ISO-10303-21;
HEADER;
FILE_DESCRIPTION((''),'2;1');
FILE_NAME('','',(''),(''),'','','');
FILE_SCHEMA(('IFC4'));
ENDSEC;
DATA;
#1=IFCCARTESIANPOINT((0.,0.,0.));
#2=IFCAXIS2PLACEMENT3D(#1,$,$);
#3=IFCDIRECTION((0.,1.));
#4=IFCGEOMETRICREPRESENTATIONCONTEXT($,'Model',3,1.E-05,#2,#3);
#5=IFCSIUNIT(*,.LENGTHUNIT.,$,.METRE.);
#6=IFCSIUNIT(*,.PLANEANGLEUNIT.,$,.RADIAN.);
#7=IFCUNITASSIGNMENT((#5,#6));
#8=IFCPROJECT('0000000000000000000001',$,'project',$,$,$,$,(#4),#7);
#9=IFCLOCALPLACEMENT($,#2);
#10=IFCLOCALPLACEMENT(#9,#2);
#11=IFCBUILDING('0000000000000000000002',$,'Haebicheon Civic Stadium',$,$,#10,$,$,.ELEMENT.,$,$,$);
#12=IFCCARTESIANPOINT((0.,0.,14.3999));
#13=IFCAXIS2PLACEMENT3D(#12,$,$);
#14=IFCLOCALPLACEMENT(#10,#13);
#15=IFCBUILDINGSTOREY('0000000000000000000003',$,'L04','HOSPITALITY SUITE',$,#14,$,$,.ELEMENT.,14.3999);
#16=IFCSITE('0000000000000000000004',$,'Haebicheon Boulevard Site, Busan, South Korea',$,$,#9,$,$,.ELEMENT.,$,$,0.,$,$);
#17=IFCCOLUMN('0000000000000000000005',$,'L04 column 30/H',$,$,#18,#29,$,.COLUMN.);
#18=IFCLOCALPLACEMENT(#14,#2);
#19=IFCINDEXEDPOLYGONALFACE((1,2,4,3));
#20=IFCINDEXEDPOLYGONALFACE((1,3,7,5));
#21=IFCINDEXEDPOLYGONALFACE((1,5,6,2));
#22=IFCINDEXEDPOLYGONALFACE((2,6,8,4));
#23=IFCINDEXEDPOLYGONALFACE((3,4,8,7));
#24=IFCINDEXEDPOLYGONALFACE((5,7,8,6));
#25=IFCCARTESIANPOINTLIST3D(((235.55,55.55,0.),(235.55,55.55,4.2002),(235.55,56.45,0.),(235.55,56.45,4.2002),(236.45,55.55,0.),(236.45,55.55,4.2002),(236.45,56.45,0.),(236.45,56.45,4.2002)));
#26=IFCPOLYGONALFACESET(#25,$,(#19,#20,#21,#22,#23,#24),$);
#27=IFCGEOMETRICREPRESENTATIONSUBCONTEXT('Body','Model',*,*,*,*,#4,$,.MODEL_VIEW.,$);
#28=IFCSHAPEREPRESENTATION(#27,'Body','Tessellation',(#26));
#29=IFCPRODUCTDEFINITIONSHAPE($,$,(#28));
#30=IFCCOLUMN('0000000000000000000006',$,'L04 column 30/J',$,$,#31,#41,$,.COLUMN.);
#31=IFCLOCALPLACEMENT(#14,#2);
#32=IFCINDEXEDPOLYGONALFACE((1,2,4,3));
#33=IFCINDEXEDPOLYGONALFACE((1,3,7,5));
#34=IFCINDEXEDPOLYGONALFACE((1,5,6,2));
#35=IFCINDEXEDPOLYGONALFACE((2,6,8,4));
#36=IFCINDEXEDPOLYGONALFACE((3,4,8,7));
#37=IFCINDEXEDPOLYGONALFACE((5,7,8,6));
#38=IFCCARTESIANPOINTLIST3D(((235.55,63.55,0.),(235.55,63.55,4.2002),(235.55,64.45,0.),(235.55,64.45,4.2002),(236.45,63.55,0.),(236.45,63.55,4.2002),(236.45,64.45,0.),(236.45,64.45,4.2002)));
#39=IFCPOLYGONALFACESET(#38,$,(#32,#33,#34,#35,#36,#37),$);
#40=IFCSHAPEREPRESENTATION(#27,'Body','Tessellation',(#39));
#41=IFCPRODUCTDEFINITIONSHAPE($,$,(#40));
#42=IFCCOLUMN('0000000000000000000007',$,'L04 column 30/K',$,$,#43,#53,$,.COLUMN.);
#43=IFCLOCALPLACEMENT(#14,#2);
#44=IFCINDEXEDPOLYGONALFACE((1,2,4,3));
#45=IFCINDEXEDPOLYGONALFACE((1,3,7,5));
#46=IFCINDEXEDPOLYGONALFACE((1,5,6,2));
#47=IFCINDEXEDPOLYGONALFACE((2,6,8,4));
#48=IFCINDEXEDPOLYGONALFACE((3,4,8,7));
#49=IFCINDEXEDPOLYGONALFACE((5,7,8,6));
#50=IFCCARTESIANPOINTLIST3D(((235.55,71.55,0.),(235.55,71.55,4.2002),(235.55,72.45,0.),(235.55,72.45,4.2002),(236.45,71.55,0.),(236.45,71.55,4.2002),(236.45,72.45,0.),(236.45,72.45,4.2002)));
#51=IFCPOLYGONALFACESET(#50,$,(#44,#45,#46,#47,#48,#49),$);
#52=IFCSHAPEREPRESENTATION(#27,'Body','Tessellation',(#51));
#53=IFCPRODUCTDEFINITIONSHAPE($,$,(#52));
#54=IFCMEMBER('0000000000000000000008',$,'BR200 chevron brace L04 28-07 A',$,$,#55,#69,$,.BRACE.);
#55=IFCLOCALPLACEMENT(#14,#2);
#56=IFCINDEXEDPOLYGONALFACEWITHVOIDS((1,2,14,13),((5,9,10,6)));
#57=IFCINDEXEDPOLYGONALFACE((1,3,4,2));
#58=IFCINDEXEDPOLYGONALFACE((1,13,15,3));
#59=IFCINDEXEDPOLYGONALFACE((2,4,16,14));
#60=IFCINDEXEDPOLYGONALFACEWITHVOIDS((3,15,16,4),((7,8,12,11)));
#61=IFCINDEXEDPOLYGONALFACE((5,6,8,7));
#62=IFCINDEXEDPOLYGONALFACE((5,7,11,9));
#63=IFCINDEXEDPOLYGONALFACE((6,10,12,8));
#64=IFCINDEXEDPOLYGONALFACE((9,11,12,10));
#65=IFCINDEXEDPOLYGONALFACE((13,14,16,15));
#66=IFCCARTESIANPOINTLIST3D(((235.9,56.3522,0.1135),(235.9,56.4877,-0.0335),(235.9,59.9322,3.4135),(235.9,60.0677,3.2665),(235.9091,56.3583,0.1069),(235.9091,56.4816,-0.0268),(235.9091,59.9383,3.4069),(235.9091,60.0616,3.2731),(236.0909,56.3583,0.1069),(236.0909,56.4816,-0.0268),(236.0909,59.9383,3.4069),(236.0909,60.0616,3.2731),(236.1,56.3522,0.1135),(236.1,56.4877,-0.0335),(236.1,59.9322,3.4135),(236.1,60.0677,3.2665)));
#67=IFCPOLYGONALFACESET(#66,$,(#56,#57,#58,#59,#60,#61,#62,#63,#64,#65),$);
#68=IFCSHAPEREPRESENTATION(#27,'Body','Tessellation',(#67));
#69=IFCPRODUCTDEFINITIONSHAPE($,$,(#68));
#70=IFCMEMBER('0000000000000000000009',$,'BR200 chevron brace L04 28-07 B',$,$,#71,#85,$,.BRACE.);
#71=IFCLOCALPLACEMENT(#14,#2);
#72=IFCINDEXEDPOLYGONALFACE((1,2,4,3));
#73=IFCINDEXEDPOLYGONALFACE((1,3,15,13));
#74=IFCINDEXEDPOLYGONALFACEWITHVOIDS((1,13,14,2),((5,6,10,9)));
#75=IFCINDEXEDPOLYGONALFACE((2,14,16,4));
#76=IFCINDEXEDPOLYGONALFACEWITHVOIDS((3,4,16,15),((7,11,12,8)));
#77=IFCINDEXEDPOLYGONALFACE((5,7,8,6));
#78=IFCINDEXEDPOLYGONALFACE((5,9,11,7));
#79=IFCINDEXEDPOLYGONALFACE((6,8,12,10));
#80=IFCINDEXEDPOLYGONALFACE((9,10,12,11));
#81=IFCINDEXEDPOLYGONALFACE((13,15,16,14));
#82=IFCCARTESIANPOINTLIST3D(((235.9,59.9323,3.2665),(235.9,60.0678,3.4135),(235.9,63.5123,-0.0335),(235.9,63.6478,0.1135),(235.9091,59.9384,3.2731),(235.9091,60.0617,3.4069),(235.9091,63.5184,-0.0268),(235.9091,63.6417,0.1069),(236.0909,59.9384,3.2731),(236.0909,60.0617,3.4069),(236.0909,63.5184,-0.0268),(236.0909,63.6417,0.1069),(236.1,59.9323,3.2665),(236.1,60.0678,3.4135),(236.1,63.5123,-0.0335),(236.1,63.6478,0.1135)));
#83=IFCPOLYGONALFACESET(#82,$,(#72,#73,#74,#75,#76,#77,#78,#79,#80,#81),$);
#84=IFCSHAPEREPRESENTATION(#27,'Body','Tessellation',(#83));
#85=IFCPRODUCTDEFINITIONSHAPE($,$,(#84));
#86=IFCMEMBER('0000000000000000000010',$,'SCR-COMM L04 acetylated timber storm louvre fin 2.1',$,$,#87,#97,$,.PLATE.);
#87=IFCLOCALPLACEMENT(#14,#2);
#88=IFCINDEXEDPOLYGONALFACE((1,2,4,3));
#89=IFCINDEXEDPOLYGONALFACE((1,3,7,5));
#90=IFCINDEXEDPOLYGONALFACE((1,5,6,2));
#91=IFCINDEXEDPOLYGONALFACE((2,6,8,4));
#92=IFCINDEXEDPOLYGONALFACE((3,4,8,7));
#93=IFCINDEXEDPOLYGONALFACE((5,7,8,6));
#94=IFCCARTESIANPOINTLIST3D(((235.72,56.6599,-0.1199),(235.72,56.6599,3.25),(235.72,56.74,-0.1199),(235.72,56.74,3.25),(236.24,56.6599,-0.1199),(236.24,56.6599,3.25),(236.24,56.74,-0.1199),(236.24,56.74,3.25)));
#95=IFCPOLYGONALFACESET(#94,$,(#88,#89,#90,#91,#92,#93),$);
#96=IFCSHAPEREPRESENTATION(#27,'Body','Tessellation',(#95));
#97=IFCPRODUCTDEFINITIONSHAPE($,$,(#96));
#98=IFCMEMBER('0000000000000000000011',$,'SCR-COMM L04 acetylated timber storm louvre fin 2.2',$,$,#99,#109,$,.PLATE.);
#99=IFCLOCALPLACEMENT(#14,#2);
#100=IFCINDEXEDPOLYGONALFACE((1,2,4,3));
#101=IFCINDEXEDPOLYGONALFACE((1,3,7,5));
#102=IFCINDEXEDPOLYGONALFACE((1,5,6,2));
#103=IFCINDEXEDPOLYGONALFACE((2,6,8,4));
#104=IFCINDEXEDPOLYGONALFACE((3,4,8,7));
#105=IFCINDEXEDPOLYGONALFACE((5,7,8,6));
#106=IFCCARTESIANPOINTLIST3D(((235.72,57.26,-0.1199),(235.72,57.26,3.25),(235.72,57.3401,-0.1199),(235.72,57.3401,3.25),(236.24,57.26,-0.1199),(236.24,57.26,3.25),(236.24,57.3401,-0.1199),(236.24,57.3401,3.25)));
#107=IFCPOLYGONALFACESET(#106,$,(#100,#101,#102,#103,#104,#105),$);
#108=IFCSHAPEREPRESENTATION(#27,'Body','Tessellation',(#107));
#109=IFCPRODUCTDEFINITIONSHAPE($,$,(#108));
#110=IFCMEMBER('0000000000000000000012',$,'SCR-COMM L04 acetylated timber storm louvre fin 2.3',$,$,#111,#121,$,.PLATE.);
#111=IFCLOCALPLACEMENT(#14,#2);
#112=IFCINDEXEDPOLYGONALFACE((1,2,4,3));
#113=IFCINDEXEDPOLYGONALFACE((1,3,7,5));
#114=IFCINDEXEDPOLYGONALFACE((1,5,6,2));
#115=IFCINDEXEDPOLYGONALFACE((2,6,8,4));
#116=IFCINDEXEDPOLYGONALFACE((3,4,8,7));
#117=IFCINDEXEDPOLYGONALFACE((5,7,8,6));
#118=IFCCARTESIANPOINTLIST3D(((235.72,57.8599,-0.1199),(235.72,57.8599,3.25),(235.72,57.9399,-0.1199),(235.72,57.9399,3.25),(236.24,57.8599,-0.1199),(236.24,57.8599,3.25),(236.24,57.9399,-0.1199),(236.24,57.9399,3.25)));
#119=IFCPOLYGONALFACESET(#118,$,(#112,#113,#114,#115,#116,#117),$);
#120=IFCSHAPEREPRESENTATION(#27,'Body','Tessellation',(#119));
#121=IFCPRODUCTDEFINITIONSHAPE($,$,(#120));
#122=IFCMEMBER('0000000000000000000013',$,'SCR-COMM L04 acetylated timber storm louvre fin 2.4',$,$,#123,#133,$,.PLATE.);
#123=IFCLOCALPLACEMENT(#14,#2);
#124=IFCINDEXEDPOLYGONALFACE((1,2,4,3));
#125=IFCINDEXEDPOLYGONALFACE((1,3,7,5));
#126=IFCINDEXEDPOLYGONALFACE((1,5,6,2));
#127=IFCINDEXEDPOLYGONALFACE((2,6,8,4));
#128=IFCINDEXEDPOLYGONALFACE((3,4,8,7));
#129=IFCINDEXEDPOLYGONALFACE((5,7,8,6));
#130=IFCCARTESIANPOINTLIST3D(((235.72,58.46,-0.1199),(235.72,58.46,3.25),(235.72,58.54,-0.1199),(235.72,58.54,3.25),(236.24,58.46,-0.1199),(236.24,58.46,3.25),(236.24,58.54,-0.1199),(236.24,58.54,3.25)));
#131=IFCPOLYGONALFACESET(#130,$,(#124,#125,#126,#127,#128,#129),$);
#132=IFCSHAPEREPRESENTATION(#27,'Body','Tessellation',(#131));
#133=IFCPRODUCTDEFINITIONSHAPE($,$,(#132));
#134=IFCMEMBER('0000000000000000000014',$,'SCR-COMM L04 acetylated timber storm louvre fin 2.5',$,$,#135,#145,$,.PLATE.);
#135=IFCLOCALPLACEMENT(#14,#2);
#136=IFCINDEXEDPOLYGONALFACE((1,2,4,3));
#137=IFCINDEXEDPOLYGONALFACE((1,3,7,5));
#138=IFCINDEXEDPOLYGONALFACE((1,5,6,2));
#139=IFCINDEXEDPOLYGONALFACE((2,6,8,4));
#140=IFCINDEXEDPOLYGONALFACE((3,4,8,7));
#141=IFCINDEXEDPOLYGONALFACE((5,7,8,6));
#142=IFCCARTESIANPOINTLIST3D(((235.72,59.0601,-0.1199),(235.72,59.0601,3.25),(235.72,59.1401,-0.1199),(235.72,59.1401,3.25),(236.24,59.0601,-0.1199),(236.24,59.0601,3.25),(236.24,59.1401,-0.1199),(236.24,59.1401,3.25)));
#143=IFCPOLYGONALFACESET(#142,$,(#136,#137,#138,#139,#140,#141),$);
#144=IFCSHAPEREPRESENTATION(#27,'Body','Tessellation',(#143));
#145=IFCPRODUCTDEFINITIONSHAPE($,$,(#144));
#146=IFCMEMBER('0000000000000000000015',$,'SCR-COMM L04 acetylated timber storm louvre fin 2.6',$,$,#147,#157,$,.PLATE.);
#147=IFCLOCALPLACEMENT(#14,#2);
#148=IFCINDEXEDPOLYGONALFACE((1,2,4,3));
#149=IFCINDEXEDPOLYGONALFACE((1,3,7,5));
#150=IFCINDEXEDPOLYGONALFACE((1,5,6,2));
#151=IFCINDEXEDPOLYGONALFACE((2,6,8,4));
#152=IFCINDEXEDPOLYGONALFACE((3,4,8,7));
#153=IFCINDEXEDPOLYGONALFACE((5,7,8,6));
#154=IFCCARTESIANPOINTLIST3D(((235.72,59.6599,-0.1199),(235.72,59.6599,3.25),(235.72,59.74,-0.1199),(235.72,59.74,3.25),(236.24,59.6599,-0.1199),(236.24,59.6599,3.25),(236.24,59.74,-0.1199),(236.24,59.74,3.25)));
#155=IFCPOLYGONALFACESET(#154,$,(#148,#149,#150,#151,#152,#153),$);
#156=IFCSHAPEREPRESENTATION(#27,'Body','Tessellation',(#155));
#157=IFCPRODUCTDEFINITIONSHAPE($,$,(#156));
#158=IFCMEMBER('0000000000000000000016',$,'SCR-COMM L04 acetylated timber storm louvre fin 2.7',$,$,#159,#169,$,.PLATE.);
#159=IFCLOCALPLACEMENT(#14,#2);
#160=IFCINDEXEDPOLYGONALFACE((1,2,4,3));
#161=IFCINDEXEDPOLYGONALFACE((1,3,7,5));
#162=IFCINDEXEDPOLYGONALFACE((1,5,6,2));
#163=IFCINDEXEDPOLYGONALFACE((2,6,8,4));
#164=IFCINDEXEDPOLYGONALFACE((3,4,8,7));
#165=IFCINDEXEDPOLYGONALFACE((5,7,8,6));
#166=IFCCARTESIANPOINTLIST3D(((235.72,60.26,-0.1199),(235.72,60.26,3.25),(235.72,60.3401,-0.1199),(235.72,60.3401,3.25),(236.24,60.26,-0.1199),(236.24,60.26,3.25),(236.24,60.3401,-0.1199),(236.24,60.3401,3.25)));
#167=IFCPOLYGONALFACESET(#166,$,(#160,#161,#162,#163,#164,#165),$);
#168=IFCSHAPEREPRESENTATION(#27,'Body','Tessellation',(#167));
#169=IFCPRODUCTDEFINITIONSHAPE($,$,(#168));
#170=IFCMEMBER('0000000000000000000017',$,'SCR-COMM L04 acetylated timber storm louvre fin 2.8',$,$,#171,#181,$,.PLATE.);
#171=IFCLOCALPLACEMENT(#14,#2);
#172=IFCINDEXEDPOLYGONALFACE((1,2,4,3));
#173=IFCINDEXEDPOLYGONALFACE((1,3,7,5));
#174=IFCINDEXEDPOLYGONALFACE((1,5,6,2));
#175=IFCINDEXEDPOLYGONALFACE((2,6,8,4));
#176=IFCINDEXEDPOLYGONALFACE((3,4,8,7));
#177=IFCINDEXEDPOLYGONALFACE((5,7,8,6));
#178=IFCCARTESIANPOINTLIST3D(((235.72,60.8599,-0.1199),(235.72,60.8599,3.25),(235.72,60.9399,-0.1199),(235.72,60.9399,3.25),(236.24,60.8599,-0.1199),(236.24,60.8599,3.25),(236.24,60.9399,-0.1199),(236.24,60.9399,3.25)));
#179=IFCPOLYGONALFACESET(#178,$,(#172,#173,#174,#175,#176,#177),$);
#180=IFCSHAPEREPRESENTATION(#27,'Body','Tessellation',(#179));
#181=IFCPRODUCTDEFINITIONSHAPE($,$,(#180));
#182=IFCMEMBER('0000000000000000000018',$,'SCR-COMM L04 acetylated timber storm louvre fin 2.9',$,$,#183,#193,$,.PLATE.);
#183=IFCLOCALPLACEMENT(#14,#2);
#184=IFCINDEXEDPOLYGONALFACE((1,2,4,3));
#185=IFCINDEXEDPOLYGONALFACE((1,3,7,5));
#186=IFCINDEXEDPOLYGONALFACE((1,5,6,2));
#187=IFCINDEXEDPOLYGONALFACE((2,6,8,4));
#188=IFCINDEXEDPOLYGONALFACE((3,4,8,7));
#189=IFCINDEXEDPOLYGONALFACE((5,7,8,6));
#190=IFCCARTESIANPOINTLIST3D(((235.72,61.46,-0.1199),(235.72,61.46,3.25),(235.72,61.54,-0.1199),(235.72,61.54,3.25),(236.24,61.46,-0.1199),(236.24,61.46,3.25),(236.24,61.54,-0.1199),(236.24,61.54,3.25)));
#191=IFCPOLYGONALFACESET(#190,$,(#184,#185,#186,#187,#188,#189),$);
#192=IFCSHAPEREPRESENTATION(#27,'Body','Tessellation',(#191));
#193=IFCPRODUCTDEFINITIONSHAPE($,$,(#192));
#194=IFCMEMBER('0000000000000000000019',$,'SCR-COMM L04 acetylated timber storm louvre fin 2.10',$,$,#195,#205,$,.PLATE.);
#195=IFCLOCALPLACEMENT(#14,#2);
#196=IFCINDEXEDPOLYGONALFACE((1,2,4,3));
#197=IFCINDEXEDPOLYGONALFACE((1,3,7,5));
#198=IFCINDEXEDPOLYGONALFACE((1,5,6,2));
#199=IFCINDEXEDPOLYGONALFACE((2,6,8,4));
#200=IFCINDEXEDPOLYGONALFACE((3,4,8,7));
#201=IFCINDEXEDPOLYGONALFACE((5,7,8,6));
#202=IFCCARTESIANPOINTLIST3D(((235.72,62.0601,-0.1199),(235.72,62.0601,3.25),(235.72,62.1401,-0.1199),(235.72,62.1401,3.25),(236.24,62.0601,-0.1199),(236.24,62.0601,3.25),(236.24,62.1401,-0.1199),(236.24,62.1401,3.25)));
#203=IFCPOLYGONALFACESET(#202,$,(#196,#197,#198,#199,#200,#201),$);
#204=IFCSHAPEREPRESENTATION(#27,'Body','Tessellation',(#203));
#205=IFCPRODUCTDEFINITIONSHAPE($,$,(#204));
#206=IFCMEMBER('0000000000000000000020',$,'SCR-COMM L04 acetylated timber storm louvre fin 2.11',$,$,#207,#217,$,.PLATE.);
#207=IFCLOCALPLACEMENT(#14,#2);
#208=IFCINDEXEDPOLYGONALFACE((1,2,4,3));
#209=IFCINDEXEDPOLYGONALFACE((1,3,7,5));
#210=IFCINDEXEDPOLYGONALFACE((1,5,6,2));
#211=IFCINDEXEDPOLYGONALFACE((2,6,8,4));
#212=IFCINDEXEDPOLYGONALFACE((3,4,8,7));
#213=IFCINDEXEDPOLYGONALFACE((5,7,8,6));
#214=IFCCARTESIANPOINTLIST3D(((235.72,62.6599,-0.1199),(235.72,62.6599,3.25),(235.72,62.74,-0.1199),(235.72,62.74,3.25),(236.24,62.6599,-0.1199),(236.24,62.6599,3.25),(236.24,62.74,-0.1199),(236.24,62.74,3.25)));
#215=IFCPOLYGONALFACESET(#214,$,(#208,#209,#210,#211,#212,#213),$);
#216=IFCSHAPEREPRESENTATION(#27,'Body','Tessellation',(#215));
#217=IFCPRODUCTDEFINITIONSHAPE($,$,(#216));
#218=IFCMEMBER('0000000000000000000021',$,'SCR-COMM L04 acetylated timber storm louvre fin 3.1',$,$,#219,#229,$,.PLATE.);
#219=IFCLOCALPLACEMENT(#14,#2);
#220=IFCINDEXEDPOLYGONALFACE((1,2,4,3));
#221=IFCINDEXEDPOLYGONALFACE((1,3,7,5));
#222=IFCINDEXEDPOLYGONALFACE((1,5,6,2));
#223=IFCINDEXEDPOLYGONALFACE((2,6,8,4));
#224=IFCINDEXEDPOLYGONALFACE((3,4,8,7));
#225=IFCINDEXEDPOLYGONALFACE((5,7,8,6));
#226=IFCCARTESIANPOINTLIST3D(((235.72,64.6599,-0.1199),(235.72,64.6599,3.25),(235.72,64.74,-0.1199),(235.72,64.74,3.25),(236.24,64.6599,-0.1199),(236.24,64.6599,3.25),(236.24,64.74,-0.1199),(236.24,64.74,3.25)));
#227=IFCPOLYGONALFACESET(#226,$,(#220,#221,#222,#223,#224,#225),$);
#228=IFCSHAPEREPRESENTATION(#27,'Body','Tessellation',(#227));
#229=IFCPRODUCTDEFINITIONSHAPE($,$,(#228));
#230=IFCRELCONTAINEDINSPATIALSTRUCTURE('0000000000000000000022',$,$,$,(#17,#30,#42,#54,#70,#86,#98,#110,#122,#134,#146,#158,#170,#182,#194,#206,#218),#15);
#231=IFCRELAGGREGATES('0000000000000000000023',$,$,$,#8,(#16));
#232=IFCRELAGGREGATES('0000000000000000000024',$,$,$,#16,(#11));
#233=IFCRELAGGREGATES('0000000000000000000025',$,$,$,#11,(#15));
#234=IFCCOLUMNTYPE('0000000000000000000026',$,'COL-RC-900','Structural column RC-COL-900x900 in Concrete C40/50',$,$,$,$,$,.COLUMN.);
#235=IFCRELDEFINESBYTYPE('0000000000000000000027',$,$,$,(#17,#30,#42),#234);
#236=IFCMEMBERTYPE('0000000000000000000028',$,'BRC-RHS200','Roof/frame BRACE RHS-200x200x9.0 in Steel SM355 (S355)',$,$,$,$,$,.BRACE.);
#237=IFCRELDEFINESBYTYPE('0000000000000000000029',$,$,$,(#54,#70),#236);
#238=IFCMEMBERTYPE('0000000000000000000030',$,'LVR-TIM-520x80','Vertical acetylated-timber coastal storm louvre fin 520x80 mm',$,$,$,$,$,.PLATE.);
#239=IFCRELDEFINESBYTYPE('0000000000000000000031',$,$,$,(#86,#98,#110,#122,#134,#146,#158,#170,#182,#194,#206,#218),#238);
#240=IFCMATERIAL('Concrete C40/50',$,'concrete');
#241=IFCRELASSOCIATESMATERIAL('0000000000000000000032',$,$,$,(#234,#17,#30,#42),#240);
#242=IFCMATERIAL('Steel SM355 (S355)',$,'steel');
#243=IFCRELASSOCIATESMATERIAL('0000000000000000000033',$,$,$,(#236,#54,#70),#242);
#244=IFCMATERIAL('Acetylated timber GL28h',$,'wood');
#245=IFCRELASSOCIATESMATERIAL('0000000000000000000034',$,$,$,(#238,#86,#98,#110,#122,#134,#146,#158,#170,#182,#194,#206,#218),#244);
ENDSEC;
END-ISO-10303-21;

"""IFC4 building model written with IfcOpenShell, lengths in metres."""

from ifc_helpers import new_model, si_unit, direction, frame, origin, origin_2d, place, context, subcontext, project, spatial, rectangle, hollow_rectangle, extrude, material, material_profile, profile_set, type_object, element, save


model = new_model("IFC4")

# Units and contexts
model_context = context("Model", 3, precision=1e-05, world=origin(), true_north=direction((0.0, 1.0)))
body_context = subcontext(model_context, "Body", "Model", "MODEL_VIEW")
ifc_project = project(units=[si_unit("LENGTHUNIT", "METRE"), si_unit("PLANEANGLEUNIT", "RADIAN")], contexts=[model_context])

# Site, building, storey
site_placement = place(None, origin())
site = spatial("IfcSite", under=ifc_project, at=site_placement, Name="Haebicheon Boulevard Site, Busan, South Korea", CompositionType="ELEMENT", RefElevation=0.0)
building_placement = place(site_placement, origin())
building = spatial("IfcBuilding", under=site, at=building_placement, Name="Haebicheon Civic Stadium", CompositionType="ELEMENT")
storey_placement = place(building_placement, frame((0.0, 0.0, 14.3999)))
storey = spatial("IfcBuildingStorey", under=building, at=storey_placement, Name="L04", Description="HOSPITALITY SUITE", CompositionType="ELEMENT", Elevation=14.3999)

# Columns
ifc_material_1 = material(Name="Concrete C40/50", Category="concrete")
ifc_material_profile_1 = material_profile(ifc_material_1, rectangle(XDim=0.8999, YDim=0.8999, at=origin_2d()), Name="RC-COL-900x900")
ifc_profile_set_1 = profile_set([ifc_material_profile_1], Name="Concrete C40/50")
column_type = type_object("IfcColumnType", Name="COL-RC-900", Description="Structural column RC-COL-900x900 in Concrete C40/50", PredefinedType="COLUMN", material=ifc_profile_set_1)
for number, where, z_axis, x_axis, name in (
    (1, (236.0, 56.0, 0.0), (0.0, 0.0, 1.0), (1.0, 0.0, 0.0), "L04 column 30/H"),
    (2, (236.0, 64.0, 0.0), (0.0, 0.0, 1.0), (1.0, 0.0, 0.0), "L04 column 30/J"),
    (3, (236.0, 72.0, 0.0), (0.0, 0.0, 1.0), (1.0, 0.0, 0.0), "L04 column 30/K"),
):
    element("IfcColumn", number, at=place(storey_placement, frame(where, z_axis=z_axis, x_axis=x_axis)), inside=storey, type_object=column_type, material=ifc_profile_set_1, Name=name, PredefinedType="COLUMN", context=body_context, shape_type="SweptSolid", body=[
        extrude(rectangle(XDim=0.8999, YDim=0.8999, at=origin_2d()), origin(), (0.0, 0.0, 1.0), 4.2002),
    ])

# Members
ifc_material_2 = material(Name="Steel SM355 (S355)", Category="steel")
ifc_material_profile_2 = material_profile(ifc_material_2, hollow_rectangle(XDim=0.2, YDim=0.2, WallThickness=0.009, at=origin_2d()), Name="RHS-200x200x9.0")
ifc_profile_set_2 = profile_set([ifc_material_profile_2], Name="Steel SM355 (S355)")
member_type_1 = type_object("IfcMemberType", Name="BRC-RHS200", Description="Roof/frame BRACE RHS-200x200x9.0 in Steel SM355 (S355)", PredefinedType="BRACE", material=ifc_profile_set_2)
for number, where, z_axis, x_axis, name in (
    (4, (236.0, 56.4199, 0.04), (0.0, 0.735278, 0.677766), (-1.0, 0.0, 0.0), "BR200 chevron brace L04 28-07 A"),
    (5, (236.0, 63.5801, 0.04), (0.0, -0.735278, 0.677766), (1.0, 0.0, 0.0), "BR200 chevron brace L04 28-07 B"),
):
    element("IfcMember", number, at=place(storey_placement, frame(where, z_axis=z_axis, x_axis=x_axis)), inside=storey, type_object=member_type_1, material=ifc_profile_set_2, Name=name, PredefinedType="BRACE", context=body_context, shape_type="SweptSolid", body=[
        extrude(hollow_rectangle(XDim=0.2, YDim=0.2, WallThickness=0.009, at=origin_2d()), origin(), (0.0, 0.0, 1.0), 4.8689),
    ])
ifc_material_3 = material(Name="Acetylated timber GL28h", Category="wood")
ifc_material_profile_3 = material_profile(ifc_material_3, rectangle(XDim=0.0801, YDim=0.52, at=origin_2d()), Name="TMB-LOUV-80x520")
ifc_profile_set_3 = profile_set([ifc_material_profile_3], Name="Acetylated timber GL28h")
member_type_2 = type_object("IfcMemberType", Name="LVR-TIM-520x80", Description="Vertical acetylated-timber coastal storm louvre fin 520x80 mm", PredefinedType="PLATE", material=ifc_profile_set_3)
for number, where, z_axis, x_axis, name in (
    (6, (235.98, 56.7, -0.1199), (0.0, 0.0, 1.0), (0.0, 1.0, 0.0), "SCR-COMM L04 acetylated timber storm louvre fin 2.1"),
    (7, (235.98, 57.3, -0.1199), (0.0, 0.0, 1.0), (0.0, 1.0, 0.0), "SCR-COMM L04 acetylated timber storm louvre fin 2.2"),
    (8, (235.98, 57.8999, -0.1199), (0.0, 0.0, 1.0), (0.0, 1.0, 0.0), "SCR-COMM L04 acetylated timber storm louvre fin 2.3"),
    (9, (235.98, 58.5, -0.1199), (0.0, 0.0, 1.0), (0.0, 1.0, 0.0), "SCR-COMM L04 acetylated timber storm louvre fin 2.4"),
    (10, (235.98, 59.1001, -0.1199), (0.0, 0.0, 1.0), (0.0, 1.0, 0.0), "SCR-COMM L04 acetylated timber storm louvre fin 2.5"),
    (11, (235.98, 59.7, -0.1199), (0.0, 0.0, 1.0), (0.0, 1.0, 0.0), "SCR-COMM L04 acetylated timber storm louvre fin 2.6"),
    (12, (235.98, 60.3, -0.1199), (0.0, 0.0, 1.0), (0.0, 1.0, 0.0), "SCR-COMM L04 acetylated timber storm louvre fin 2.7"),
    (13, (235.98, 60.8999, -0.1199), (0.0, 0.0, 1.0), (0.0, 1.0, 0.0), "SCR-COMM L04 acetylated timber storm louvre fin 2.8"),
    (14, (235.98, 61.5, -0.1199), (0.0, 0.0, 1.0), (0.0, 1.0, 0.0), "SCR-COMM L04 acetylated timber storm louvre fin 2.9"),
    (15, (235.98, 62.1001, -0.1199), (0.0, 0.0, 1.0), (0.0, 1.0, 0.0), "SCR-COMM L04 acetylated timber storm louvre fin 2.10"),
    (16, (235.98, 62.7, -0.1199), (0.0, 0.0, 1.0), (0.0, 1.0, 0.0), "SCR-COMM L04 acetylated timber storm louvre fin 2.11"),
    (17, (235.98, 64.7, -0.1199), (0.0, 0.0, 1.0), (0.0, 1.0, 0.0), "SCR-COMM L04 acetylated timber storm louvre fin 3.1"),
):
    element("IfcMember", number, at=place(storey_placement, frame(where, z_axis=z_axis, x_axis=x_axis)), inside=storey, type_object=member_type_2, material=ifc_profile_set_3, Name=name, PredefinedType="PLATE", context=body_context, shape_type="SweptSolid", body=[
        extrude(rectangle(XDim=0.0801, YDim=0.52, at=origin_2d()), origin(), (0.0, 0.0, 1.0), 3.3699),
    ])

save(model, "model.ifc")
